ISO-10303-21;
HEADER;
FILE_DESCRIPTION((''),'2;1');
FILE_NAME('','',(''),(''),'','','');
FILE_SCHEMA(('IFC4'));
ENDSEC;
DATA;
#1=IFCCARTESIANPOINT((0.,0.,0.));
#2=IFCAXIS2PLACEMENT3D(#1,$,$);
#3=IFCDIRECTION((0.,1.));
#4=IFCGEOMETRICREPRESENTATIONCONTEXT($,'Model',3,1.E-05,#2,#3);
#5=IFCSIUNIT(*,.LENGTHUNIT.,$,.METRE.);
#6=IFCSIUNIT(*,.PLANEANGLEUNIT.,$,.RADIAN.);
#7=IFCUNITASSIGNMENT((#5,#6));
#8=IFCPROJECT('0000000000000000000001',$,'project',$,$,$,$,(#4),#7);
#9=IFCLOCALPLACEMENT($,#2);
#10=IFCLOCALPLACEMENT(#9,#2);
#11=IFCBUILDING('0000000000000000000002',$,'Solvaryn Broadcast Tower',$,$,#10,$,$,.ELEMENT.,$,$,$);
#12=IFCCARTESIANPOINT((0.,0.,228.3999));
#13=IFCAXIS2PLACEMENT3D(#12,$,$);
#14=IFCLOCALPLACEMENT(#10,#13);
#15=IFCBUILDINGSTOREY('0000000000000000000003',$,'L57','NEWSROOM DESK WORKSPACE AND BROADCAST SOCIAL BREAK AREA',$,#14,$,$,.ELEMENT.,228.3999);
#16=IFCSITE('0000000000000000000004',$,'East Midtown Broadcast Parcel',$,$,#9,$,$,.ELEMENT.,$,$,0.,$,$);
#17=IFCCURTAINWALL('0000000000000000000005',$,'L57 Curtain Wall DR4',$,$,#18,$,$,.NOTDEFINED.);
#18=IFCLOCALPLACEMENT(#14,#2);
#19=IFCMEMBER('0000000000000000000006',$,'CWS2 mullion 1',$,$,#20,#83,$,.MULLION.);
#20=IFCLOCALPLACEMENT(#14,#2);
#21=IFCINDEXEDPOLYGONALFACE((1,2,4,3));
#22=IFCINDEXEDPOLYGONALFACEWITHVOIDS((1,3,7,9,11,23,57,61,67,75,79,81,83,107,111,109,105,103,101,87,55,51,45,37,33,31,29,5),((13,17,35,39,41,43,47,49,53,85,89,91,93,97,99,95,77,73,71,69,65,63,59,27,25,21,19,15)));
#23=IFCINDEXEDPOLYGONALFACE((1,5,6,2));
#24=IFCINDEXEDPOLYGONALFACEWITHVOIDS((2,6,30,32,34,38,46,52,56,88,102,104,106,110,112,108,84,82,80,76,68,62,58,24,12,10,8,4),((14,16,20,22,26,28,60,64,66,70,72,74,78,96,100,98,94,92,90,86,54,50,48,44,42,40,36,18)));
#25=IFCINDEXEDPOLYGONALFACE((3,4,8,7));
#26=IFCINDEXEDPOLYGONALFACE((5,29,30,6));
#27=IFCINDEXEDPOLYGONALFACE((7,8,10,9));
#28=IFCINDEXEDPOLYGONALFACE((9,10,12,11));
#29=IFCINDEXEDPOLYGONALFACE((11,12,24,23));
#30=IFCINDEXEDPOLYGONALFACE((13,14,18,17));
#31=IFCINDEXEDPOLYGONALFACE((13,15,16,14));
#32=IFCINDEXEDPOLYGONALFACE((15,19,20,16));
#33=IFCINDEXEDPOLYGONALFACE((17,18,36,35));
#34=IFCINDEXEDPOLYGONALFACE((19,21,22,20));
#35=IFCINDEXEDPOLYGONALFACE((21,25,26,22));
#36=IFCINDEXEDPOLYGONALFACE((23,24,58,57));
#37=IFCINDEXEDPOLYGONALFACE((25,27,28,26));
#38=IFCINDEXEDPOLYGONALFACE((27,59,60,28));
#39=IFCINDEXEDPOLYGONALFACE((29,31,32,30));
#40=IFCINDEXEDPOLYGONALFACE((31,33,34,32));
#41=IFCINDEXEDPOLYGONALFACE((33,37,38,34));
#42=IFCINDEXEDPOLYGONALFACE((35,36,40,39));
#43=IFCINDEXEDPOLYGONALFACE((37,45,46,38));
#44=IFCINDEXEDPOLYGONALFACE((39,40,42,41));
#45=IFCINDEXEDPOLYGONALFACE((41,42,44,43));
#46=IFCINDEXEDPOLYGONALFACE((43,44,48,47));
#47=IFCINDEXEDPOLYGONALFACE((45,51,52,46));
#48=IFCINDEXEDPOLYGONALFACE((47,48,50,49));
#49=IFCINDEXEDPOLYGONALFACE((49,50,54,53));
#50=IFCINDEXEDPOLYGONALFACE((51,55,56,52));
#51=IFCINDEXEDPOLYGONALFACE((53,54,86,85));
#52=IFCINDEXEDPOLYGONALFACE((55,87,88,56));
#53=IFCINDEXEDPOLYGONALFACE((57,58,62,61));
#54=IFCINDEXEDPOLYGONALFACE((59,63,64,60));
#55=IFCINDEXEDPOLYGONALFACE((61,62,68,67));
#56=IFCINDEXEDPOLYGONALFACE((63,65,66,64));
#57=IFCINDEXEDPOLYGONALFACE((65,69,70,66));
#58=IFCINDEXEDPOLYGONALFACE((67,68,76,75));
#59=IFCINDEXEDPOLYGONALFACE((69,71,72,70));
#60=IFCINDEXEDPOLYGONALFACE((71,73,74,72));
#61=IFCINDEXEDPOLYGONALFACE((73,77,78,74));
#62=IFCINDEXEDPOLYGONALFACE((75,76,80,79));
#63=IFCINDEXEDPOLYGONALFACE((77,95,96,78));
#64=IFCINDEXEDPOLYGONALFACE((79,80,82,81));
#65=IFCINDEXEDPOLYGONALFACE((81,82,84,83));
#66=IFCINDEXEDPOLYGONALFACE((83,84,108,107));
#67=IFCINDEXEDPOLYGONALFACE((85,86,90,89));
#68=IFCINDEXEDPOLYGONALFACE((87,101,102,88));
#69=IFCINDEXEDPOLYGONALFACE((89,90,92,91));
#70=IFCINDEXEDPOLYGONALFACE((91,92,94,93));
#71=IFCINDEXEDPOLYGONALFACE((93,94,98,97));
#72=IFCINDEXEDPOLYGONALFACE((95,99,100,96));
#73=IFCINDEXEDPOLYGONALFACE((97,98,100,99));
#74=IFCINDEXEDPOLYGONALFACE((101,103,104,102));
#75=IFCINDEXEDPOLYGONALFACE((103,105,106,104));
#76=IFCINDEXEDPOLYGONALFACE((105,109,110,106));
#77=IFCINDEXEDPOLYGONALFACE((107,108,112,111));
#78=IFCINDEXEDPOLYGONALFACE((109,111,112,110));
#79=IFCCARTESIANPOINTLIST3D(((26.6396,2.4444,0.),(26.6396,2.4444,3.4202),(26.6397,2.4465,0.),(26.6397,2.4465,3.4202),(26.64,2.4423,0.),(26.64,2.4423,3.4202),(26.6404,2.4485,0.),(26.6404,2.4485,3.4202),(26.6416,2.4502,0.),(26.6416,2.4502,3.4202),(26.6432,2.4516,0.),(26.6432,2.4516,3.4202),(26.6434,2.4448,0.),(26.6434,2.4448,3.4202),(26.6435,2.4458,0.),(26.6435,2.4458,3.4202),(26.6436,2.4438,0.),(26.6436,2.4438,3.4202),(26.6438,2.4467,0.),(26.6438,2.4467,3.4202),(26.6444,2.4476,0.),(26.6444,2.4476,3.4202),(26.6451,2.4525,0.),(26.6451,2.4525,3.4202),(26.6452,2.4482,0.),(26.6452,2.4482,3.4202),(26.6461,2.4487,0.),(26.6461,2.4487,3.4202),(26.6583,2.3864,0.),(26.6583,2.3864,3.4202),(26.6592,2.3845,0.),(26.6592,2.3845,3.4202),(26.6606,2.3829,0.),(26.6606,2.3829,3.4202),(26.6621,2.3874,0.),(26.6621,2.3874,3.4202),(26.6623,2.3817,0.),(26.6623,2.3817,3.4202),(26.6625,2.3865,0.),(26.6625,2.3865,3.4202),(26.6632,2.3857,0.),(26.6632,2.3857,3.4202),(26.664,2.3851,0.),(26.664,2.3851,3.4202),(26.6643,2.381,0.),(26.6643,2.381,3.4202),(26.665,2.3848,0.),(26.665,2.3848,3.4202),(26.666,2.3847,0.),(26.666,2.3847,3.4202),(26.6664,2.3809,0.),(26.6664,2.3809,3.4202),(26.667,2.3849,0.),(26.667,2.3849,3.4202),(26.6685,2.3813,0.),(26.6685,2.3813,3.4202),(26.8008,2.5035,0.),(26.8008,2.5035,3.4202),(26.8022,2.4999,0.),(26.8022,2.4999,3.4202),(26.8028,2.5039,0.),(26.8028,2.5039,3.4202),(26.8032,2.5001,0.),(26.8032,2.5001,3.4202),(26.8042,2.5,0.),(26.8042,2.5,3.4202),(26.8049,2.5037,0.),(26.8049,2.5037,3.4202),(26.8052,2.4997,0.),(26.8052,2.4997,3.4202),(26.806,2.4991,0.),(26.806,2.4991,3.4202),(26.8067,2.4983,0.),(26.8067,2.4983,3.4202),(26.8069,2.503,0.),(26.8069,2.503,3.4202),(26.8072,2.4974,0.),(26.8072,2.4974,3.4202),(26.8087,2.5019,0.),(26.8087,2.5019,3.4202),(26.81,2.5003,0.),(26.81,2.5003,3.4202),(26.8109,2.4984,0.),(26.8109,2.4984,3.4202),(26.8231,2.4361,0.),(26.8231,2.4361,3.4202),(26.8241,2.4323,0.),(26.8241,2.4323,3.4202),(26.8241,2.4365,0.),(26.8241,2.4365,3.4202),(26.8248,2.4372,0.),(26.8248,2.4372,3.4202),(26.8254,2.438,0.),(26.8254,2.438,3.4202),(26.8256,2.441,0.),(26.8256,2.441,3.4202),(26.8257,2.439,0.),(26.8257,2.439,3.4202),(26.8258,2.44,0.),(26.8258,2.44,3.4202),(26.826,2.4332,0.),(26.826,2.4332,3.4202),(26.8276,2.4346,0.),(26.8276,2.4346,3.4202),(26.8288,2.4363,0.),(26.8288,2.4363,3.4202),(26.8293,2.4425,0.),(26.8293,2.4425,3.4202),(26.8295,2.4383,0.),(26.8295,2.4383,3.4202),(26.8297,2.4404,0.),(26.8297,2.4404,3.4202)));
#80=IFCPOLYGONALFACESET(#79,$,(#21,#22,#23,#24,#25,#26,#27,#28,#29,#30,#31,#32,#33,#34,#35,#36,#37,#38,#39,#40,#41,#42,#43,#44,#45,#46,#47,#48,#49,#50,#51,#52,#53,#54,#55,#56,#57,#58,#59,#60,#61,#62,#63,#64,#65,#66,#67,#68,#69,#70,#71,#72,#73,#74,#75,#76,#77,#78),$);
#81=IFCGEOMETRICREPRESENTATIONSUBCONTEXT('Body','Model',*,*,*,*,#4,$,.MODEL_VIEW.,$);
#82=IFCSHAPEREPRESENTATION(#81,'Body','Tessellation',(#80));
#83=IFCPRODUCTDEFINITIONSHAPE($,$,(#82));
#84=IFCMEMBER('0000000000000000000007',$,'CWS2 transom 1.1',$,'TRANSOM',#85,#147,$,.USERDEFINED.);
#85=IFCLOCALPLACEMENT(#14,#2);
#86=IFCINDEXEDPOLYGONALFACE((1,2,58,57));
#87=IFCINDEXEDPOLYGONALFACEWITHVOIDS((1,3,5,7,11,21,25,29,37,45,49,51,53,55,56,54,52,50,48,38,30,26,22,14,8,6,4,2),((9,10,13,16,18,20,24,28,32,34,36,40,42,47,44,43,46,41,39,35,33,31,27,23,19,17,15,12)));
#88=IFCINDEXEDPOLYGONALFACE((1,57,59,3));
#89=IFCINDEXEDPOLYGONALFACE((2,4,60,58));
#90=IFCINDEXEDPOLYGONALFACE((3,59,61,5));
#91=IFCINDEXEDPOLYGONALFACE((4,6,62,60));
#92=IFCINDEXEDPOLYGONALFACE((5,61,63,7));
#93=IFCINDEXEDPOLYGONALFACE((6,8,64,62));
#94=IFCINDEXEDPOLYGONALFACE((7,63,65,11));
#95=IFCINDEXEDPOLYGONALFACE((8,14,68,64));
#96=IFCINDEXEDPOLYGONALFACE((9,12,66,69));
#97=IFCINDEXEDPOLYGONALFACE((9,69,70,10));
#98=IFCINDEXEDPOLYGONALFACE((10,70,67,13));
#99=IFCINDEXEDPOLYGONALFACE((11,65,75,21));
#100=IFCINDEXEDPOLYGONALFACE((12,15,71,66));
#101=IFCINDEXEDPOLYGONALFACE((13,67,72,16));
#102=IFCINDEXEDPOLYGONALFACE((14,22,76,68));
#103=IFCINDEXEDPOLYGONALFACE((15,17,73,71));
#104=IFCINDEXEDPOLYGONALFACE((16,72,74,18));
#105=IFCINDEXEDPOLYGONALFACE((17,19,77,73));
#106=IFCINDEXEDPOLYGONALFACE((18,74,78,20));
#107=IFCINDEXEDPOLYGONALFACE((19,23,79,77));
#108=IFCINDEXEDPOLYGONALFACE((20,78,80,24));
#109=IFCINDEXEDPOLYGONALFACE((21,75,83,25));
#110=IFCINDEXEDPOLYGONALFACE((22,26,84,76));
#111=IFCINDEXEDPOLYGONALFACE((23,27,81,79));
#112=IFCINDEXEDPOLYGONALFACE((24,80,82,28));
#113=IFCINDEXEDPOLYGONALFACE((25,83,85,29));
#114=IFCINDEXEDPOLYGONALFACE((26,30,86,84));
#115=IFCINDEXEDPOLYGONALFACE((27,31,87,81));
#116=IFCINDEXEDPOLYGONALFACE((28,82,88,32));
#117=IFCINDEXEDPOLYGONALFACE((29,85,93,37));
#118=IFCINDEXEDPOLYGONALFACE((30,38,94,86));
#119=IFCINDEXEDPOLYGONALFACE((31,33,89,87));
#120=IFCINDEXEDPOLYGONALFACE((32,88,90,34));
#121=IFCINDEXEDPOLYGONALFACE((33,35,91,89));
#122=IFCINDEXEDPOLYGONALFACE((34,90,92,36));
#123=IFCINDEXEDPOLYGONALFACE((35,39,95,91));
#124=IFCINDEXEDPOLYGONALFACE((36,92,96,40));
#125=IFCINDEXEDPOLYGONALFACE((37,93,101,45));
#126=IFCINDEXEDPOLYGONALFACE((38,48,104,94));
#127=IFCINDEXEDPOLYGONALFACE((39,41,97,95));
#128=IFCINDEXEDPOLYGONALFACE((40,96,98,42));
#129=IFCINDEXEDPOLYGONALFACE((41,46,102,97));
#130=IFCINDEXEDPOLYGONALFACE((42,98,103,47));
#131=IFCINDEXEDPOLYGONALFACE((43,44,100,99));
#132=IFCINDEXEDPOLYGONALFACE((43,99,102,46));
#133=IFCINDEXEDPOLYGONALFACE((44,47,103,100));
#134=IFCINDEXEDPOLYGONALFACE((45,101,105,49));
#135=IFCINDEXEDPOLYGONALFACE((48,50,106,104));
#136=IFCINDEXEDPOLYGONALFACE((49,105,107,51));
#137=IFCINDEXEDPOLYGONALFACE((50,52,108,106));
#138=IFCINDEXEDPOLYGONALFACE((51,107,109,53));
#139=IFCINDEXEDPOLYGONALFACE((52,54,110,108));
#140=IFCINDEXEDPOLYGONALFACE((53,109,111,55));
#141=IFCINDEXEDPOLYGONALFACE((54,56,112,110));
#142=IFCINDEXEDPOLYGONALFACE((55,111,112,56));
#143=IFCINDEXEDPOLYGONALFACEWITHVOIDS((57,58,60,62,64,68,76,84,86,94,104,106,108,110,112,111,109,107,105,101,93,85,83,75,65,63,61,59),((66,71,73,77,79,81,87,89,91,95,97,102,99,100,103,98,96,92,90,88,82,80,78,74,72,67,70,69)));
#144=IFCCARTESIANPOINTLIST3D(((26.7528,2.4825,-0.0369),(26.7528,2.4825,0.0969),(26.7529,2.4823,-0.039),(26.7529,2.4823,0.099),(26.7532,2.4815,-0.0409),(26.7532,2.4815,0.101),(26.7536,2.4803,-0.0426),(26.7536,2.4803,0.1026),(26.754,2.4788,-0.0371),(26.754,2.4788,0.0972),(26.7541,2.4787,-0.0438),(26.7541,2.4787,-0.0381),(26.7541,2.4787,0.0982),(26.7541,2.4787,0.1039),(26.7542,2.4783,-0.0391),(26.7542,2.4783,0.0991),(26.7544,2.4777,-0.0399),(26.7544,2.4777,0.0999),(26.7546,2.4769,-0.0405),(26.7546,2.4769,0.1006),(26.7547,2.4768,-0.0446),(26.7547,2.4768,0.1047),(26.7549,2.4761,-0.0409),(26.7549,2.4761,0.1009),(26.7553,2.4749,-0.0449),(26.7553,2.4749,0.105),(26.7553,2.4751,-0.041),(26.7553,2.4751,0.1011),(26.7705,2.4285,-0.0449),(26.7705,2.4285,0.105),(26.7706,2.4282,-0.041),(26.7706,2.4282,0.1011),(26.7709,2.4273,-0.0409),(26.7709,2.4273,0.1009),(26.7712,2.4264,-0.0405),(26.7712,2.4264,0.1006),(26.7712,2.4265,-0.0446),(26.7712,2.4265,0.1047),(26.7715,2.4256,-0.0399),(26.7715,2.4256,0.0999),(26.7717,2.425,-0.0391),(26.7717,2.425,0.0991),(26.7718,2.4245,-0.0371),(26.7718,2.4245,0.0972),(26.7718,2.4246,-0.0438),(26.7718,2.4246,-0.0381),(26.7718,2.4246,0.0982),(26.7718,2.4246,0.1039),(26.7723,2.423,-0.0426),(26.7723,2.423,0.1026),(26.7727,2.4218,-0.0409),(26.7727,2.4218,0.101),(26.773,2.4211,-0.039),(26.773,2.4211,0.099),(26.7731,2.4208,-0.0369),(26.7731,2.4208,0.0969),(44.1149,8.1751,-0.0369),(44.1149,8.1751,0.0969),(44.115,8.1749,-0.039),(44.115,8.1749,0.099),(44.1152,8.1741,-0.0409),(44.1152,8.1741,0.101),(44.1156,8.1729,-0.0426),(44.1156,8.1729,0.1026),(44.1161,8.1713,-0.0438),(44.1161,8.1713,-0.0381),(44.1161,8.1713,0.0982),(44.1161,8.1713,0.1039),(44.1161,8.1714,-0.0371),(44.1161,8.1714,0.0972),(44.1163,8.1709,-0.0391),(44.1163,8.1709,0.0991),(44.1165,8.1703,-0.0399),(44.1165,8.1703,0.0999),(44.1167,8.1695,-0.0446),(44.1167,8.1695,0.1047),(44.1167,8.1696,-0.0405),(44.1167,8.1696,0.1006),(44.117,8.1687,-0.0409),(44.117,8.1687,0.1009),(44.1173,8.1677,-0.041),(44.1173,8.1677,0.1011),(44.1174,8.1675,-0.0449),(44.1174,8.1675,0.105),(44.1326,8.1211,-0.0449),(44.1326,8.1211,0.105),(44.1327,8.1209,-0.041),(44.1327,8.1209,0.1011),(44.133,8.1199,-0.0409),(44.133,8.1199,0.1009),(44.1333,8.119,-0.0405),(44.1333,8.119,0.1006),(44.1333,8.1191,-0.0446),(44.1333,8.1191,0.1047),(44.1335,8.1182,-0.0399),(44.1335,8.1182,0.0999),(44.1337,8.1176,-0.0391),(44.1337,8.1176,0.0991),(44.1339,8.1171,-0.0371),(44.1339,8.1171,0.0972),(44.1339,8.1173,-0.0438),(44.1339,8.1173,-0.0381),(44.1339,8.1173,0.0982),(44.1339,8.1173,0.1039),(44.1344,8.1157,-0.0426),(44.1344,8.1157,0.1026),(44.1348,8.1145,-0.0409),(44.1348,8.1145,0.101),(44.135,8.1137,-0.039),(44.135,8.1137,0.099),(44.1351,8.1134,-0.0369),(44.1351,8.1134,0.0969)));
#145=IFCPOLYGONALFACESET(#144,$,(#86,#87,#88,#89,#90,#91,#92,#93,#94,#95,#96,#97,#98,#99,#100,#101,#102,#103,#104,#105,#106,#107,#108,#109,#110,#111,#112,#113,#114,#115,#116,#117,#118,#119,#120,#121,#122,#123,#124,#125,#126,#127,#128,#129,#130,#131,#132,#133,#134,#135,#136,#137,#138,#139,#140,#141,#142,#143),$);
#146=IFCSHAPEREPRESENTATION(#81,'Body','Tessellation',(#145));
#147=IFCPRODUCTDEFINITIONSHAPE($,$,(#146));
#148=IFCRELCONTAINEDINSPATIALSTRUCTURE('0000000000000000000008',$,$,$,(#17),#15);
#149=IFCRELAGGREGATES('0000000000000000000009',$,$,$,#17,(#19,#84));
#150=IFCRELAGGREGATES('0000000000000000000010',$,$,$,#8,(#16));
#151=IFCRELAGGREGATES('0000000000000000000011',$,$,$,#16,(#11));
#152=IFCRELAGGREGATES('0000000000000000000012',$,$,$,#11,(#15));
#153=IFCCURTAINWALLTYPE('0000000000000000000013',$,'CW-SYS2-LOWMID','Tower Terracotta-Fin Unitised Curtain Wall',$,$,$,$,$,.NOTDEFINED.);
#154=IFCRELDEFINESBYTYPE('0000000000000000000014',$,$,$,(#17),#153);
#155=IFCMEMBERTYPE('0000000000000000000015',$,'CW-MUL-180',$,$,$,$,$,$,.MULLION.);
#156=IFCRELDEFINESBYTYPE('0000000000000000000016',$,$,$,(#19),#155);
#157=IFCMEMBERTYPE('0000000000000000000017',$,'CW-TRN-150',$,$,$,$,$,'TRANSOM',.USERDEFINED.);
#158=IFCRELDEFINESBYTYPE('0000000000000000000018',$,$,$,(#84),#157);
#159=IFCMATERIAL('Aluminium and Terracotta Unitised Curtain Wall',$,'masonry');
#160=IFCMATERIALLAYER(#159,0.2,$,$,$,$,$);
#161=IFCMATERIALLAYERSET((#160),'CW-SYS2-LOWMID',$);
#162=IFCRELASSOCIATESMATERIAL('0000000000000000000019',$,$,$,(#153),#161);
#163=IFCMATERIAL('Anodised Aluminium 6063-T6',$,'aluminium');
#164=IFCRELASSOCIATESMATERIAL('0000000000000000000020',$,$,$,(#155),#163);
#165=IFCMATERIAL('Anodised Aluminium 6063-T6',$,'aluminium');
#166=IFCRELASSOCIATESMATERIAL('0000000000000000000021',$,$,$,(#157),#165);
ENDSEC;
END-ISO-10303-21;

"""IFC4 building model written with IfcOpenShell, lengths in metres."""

from ifc_helpers import new_model, si_unit, direction, frame, origin, origin_2d, place, context, subcontext, project, spatial, hollow_rectangle, extrude, material, layer, layer_set, material_profile, profile_set, type_object, element, aggregate, save


model = new_model("IFC4")

# Units and contexts
model_context = context("Model", 3, precision=1e-05, world=origin(), true_north=direction((0.0, 1.0)))
body_context = subcontext(model_context, "Body", "Model", "MODEL_VIEW")
ifc_project = project(units=[si_unit("LENGTHUNIT", "METRE"), si_unit("PLANEANGLEUNIT", "RADIAN")], contexts=[model_context])

# Site, building, storey
site_placement = place(None, origin())
site = spatial("IfcSite", under=ifc_project, at=site_placement, Name="East Midtown Broadcast Parcel", CompositionType="ELEMENT", RefElevation=0.0)
building_placement = place(site_placement, origin())
building = spatial("IfcBuilding", under=site, at=building_placement, Name="Solvaryn Broadcast Tower", CompositionType="ELEMENT")
storey_placement = place(building_placement, frame((0.0, 0.0, 228.3999)))
storey = spatial("IfcBuildingStorey", under=building, at=storey_placement, Name="L57", Description="NEWSROOM DESK WORKSPACE AND BROADCAST SOCIAL BREAK AREA", CompositionType="ELEMENT", Elevation=228.3999)

# Shared definitions
ifc_material_1 = material(Name="Aluminium and Terracotta Unitised Curtain Wall", Category="masonry")
ifc_layer_1 = layer(ifc_material_1, 0.2)
ifc_layer_set_1 = layer_set([ifc_layer_1], Name="CW-SYS2-LOWMID")
curtain_wall_type = type_object("IfcCurtainWallType", Name="CW-SYS2-LOWMID", Description="Tower Terracotta-Fin Unitised Curtain Wall", PredefinedType="NOTDEFINED", material=ifc_layer_set_1)
ifc_material_2 = material(Name="Anodised Aluminium 6063-T6", Category="aluminium")
ifc_material_profile_1 = material_profile(ifc_material_2, hollow_rectangle(XDim=0.075, YDim=0.1799, WallThickness=0.0039, InnerFilletRadius=0.0039, OuterFilletRadius=0.0081, at=origin_2d()))
ifc_profile_set_1 = profile_set([ifc_material_profile_1], Name="Anodised Aluminium 6063-T6")
member_type_1 = type_object("IfcMemberType", Name="CW-MUL-180", PredefinedType="MULLION", material=ifc_profile_set_1)

# Curtain wall, members
curtain_wall_1_placement = place(storey_placement, origin())
curtain_wall_1 = element("IfcCurtainWall", 1, at=curtain_wall_1_placement, inside=storey, type_object=curtain_wall_type, Name="L57 Curtain Wall DR4", PredefinedType="NOTDEFINED")
member_1_placement = place(storey_placement, frame((26.7346, 2.4424, 0.0), z_axis=(0.0, 0.0, 1.0), x_axis=(-0.311559, 0.950227, 0.0)))
member_1 = element("IfcMember", 2, at=member_1_placement, type_object=member_type_1, Name="CWS2 mullion 1", PredefinedType="MULLION", context=body_context, shape_type="SweptSolid", body=[
    extrude(hollow_rectangle(XDim=0.075, YDim=0.1799, WallThickness=0.0039, InnerFilletRadius=0.0039, OuterFilletRadius=0.0081, at=origin_2d()), origin(), (0.0, 0.0, 1.0), 3.4202),
])
ifc_material_3 = material(Name="Anodised Aluminium 6063-T6", Category="aluminium")
ifc_material_profile_2 = material_profile(ifc_material_3, hollow_rectangle(XDim=0.0649, YDim=0.1499, WallThickness=0.0039, InnerFilletRadius=0.0039, OuterFilletRadius=0.0081, at=origin_2d()))
ifc_profile_set_2 = profile_set([ifc_material_profile_2], Name="Anodised Aluminium 6063-T6")
member_type_2 = type_object("IfcMemberType", Name="CW-TRN-150", ElementType="TRANSOM", PredefinedType="USERDEFINED", material=ifc_profile_set_2)
member_2_placement = place(storey_placement, frame((26.7629, 2.4517, 0.03), z_axis=(0.950227, 0.311558, 0.0), x_axis=(-0.311558, 0.950227, 0.0)))
member_2 = element("IfcMember", 3, at=member_2_placement, type_object=member_type_2, Name="CWS2 transom 1.1", ObjectType="TRANSOM", PredefinedType="USERDEFINED", context=body_context, shape_type="SweptSolid", body=[
    extrude(hollow_rectangle(XDim=0.0649, YDim=0.1499, WallThickness=0.0039, InnerFilletRadius=0.0039, OuterFilletRadius=0.0081, at=origin_2d()), origin(), (0.0, 0.0, 1.0), 18.2715),
])
aggregate(curtain_wall_1, [member_1, member_2])

save(model, "model.ifc")
